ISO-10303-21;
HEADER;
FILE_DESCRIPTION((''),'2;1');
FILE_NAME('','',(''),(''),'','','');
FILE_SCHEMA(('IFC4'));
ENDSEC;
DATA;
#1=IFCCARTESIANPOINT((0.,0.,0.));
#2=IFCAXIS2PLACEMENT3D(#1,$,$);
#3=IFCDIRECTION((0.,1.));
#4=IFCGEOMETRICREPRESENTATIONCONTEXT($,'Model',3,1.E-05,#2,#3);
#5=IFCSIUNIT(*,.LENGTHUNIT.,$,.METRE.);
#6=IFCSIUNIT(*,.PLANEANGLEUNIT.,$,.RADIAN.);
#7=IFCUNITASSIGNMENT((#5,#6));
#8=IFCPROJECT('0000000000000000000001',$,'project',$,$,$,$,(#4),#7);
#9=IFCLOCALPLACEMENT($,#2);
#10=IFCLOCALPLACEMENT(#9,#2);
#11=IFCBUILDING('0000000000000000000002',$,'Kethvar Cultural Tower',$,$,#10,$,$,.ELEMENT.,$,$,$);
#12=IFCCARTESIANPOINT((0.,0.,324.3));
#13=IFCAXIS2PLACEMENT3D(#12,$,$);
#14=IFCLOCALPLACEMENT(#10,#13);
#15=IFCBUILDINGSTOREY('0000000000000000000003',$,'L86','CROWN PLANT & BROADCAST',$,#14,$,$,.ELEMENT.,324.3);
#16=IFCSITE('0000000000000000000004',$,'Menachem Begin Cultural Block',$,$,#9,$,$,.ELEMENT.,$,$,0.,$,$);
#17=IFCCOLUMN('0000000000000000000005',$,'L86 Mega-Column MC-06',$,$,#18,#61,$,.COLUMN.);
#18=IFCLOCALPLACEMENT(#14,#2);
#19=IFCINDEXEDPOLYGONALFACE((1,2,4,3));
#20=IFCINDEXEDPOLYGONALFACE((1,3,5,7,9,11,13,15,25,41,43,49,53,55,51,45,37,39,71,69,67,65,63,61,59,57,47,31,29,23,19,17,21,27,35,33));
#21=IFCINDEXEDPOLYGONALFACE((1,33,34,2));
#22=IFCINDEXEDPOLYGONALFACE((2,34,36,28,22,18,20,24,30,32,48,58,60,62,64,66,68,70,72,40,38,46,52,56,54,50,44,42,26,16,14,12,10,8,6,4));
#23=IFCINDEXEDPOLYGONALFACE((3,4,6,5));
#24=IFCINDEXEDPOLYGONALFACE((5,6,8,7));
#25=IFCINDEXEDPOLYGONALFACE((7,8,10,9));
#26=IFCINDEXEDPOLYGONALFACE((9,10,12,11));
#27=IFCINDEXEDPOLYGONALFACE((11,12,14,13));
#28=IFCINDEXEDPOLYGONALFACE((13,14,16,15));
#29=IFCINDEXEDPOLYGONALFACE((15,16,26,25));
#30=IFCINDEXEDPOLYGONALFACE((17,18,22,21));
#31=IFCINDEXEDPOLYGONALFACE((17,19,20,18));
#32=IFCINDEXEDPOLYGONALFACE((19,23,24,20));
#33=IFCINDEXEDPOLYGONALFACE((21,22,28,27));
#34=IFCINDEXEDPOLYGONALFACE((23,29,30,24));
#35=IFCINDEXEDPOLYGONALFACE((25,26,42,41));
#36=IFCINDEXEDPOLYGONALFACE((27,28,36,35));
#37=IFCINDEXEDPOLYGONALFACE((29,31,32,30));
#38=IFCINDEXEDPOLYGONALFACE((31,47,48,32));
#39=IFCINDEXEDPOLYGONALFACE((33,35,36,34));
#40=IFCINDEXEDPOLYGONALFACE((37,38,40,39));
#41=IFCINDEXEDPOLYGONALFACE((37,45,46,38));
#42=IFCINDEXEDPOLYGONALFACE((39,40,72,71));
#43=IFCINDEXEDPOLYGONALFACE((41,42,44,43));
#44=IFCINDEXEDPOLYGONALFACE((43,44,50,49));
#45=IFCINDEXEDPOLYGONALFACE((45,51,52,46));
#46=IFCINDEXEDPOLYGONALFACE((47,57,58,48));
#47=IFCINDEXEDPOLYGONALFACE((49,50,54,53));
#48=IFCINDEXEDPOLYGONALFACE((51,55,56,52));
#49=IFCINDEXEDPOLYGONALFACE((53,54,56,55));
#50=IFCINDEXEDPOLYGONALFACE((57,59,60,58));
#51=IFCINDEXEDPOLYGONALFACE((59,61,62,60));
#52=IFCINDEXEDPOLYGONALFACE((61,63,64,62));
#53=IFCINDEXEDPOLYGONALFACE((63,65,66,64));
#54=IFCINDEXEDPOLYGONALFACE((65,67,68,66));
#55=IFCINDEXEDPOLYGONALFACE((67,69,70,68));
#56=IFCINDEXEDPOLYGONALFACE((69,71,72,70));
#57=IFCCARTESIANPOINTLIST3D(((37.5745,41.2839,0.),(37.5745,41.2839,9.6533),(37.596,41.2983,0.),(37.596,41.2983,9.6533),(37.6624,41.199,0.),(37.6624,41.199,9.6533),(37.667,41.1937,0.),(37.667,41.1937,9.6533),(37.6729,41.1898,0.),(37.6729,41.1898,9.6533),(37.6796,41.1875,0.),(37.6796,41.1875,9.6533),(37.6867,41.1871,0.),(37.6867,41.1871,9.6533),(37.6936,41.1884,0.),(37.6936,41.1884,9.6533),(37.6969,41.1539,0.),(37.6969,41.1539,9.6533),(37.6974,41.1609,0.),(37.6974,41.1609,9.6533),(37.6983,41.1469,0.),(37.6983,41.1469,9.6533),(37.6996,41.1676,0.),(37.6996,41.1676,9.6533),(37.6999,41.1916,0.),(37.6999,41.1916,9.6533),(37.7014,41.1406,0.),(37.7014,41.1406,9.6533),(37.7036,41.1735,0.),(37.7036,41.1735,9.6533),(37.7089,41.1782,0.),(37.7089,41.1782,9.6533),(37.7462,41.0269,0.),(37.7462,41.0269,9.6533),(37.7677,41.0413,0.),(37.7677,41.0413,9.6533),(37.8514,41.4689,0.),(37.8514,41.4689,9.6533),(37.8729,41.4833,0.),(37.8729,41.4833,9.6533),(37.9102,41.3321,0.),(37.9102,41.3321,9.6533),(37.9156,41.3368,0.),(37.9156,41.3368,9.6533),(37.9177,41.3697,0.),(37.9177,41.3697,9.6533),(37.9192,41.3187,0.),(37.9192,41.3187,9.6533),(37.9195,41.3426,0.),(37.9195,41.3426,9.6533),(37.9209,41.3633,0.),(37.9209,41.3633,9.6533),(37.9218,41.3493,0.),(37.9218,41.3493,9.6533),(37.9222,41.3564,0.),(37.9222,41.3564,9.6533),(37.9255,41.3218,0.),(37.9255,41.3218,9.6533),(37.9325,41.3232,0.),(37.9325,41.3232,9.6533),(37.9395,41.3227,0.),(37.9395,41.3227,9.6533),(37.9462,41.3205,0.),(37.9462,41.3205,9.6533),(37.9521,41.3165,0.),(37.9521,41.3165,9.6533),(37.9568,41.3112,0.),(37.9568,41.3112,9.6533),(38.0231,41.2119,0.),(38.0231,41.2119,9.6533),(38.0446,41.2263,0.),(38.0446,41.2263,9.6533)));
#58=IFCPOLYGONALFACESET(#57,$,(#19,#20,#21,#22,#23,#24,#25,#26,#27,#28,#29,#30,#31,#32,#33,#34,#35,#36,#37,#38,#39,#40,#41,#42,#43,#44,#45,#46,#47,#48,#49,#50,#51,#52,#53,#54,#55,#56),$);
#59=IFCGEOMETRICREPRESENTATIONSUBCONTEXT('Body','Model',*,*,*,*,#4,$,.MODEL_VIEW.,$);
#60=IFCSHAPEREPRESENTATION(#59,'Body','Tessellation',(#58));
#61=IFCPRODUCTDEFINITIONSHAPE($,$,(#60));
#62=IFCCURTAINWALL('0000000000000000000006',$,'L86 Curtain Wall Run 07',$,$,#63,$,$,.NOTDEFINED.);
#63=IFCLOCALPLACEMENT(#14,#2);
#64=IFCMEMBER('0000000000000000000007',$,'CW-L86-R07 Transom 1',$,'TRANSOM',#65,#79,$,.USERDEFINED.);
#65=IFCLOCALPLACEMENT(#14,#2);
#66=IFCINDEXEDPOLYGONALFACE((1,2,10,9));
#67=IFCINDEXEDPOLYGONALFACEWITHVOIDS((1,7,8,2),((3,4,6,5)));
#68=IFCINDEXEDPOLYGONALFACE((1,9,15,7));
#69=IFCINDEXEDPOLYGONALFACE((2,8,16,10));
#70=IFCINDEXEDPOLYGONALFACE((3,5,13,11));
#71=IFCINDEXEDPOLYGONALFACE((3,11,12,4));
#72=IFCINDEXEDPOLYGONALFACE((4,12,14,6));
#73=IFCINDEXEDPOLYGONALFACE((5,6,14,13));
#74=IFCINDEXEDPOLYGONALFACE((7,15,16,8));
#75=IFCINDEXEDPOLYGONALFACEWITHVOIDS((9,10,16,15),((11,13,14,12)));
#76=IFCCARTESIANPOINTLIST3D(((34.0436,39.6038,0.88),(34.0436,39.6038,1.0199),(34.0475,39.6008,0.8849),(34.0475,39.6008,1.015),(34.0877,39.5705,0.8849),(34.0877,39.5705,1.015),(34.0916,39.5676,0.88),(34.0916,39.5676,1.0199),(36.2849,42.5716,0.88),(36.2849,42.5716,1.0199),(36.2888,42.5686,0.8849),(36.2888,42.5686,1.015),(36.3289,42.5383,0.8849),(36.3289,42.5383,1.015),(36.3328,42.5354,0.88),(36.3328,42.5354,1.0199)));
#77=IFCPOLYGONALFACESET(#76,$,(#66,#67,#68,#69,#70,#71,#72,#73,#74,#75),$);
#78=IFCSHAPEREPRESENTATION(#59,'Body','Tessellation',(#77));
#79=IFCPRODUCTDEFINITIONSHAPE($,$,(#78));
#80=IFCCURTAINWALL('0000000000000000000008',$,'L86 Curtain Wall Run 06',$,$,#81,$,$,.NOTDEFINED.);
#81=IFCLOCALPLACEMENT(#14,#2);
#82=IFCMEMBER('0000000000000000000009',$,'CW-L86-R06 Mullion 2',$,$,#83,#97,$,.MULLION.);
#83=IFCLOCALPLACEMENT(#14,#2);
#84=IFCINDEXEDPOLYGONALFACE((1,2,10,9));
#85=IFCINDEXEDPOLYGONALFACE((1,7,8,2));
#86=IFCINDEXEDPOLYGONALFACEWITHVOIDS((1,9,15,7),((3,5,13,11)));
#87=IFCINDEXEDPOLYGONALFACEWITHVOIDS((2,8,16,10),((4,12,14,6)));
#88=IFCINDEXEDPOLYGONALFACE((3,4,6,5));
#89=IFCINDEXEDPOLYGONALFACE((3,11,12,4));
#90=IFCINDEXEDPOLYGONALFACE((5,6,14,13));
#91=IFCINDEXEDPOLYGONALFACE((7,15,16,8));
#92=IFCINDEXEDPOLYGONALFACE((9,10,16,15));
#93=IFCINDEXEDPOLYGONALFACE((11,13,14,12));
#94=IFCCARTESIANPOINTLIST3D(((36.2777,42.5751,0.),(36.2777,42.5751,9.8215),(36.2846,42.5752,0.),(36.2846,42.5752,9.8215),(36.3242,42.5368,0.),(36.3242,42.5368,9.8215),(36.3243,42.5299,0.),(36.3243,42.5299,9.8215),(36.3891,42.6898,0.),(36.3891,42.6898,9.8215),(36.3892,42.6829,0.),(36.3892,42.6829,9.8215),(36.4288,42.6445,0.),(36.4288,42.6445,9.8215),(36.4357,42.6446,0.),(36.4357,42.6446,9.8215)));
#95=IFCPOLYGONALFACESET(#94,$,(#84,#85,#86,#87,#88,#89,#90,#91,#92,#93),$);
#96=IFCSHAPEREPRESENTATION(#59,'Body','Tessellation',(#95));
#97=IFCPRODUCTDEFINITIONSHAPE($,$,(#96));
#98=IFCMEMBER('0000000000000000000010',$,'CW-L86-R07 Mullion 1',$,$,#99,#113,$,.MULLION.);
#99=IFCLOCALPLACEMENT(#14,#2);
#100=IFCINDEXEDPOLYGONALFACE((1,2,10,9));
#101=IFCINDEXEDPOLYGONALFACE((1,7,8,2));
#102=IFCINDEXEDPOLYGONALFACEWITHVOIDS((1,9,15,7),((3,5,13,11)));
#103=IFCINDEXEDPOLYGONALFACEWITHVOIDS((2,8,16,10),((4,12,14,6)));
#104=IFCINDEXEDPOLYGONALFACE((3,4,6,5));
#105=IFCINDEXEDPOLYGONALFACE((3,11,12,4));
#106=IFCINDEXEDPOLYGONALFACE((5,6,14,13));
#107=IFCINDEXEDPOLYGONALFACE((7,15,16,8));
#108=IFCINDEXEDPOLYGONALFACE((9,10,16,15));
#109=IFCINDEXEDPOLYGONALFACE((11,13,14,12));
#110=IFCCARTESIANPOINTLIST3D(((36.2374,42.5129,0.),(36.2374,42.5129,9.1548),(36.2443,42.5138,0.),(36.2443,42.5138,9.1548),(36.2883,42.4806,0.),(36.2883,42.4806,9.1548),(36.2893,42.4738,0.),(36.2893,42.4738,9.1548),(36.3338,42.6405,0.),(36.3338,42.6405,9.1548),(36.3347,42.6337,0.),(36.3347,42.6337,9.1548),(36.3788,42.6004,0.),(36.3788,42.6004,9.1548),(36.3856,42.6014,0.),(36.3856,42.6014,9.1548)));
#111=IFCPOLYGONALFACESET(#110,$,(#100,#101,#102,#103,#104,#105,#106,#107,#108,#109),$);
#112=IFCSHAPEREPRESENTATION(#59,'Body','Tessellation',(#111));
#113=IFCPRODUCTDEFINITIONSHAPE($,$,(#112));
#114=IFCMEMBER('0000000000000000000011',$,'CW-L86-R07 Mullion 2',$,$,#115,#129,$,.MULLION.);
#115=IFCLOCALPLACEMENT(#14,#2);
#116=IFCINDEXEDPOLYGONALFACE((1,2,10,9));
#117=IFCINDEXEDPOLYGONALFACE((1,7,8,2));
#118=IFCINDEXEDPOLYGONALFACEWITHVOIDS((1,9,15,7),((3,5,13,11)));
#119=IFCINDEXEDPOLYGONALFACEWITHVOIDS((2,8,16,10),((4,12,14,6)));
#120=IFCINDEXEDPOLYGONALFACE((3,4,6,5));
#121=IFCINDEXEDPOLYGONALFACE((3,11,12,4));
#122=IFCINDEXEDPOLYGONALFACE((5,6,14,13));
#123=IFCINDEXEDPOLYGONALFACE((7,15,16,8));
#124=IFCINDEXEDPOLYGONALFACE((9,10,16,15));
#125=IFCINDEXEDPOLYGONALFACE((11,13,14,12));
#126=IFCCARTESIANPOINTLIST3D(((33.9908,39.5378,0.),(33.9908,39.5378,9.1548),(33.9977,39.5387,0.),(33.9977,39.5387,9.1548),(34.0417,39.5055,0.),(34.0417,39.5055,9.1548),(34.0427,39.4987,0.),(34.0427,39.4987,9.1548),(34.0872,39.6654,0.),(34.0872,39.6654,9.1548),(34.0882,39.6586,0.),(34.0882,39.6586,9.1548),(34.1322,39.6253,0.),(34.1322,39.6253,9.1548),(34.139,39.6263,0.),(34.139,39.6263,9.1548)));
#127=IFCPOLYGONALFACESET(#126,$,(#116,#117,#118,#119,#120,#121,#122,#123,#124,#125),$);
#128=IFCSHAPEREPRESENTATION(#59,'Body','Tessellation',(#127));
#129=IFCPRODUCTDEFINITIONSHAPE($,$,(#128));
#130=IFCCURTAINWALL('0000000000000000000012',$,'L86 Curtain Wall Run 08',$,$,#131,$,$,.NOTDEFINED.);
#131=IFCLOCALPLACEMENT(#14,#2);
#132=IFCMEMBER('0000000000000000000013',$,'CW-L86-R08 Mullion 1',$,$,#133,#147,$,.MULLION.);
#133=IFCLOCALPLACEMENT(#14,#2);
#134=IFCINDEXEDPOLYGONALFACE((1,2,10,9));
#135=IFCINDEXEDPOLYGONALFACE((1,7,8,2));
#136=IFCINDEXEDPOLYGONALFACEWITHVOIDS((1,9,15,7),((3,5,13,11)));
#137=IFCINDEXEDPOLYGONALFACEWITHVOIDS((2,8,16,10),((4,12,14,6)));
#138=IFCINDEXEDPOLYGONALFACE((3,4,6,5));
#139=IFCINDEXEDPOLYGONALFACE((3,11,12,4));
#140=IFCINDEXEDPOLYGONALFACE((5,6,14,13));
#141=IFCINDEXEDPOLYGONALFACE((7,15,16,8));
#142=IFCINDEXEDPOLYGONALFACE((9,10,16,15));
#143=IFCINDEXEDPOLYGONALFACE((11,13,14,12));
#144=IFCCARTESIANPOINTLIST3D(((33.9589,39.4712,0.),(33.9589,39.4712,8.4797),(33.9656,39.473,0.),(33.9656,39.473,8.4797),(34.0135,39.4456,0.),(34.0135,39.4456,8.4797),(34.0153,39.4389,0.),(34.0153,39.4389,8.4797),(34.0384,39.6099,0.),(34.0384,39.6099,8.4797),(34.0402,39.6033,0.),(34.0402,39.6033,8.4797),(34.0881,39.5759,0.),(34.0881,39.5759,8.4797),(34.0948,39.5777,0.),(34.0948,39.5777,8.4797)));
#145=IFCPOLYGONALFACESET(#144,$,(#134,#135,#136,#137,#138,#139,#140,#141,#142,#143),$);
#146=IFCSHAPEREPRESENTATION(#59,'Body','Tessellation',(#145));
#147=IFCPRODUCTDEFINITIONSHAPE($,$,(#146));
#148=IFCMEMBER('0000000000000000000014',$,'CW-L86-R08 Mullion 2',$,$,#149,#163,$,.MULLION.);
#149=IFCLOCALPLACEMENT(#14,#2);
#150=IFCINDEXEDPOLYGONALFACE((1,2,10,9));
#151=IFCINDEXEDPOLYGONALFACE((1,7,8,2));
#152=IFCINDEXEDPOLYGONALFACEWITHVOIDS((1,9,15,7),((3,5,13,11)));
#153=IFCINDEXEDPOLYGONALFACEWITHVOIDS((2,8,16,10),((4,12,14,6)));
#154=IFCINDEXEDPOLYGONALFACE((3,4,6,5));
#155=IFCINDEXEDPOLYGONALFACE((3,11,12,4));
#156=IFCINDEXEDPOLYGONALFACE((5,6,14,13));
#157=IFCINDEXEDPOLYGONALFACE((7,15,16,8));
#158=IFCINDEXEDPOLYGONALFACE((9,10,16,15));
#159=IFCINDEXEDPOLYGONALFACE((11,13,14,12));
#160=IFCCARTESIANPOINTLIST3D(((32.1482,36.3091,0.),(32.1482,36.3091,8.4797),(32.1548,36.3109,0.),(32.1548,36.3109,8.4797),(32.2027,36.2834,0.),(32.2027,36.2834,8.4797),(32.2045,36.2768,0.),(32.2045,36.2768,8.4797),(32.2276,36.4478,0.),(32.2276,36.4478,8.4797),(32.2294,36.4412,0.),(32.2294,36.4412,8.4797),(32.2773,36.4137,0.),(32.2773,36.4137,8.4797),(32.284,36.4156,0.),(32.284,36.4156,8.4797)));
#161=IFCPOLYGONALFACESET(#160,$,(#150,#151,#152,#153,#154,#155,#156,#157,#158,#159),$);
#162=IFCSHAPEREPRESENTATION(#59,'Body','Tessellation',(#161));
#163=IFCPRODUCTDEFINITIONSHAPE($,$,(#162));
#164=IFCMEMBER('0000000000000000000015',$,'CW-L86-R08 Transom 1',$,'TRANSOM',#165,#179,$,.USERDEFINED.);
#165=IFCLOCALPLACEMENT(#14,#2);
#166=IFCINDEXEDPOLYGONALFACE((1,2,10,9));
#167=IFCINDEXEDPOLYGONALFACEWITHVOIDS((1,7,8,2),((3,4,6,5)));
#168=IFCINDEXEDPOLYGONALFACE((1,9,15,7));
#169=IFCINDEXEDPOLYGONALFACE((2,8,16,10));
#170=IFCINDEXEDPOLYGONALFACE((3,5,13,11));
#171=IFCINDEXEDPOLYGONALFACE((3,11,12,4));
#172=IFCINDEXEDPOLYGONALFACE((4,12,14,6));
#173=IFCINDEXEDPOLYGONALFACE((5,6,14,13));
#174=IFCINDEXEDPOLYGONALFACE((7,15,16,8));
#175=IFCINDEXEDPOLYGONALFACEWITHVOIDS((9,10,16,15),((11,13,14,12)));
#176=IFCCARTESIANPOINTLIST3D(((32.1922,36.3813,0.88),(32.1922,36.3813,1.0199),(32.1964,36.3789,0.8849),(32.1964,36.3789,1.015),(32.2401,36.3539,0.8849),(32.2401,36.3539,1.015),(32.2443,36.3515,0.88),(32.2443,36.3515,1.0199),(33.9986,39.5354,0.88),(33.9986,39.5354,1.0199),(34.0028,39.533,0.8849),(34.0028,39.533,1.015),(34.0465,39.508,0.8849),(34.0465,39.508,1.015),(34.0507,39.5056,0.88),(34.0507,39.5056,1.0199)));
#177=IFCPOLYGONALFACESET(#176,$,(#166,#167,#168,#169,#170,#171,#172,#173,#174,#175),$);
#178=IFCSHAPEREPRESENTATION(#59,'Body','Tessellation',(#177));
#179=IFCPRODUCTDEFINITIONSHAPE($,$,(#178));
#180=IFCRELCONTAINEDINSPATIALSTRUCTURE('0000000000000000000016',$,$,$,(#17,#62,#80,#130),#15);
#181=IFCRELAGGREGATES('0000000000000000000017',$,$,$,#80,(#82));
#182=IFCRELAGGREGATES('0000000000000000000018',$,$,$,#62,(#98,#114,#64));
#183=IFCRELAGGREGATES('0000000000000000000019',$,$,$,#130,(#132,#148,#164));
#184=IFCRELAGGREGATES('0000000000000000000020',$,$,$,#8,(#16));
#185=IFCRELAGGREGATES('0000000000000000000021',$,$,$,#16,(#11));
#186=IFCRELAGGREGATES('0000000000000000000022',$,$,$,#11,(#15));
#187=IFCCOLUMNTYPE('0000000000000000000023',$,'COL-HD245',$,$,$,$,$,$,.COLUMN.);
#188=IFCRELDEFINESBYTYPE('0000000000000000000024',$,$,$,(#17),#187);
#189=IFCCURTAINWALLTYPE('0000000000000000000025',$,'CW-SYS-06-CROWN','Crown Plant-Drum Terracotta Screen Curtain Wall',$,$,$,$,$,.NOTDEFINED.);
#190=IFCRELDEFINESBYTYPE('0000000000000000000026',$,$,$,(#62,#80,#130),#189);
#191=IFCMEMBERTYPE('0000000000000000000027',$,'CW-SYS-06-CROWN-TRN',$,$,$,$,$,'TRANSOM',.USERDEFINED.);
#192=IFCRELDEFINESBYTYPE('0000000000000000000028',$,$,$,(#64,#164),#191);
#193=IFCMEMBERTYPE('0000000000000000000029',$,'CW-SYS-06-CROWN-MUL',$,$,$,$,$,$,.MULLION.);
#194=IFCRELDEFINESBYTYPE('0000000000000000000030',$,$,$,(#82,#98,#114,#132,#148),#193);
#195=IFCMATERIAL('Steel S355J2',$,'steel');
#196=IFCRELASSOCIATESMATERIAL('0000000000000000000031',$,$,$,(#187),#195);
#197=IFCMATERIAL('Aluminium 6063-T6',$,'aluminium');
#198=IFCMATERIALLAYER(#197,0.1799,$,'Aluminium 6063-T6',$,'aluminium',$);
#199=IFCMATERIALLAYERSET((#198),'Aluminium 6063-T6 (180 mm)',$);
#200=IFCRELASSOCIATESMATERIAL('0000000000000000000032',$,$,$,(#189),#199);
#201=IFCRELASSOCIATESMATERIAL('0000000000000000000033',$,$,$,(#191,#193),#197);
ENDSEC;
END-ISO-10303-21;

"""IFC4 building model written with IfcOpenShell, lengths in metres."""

from ifc_helpers import new_model, si_unit, direction, frame, origin, origin_2d, place, context, subcontext, project, spatial, hollow_rectangle, i_section, extrude, source, transform, mapped, material, layer, layer_set, material_profile, profile_set, type_object, element, aggregate, save


model = new_model("IFC4")

# Units and contexts
model_context = context("Model", 3, precision=1e-05, world=origin(), true_north=direction((0.0, 1.0)))
body_context = subcontext(model_context, "Body", "Model", "MODEL_VIEW")
ifc_project = project(units=[si_unit("LENGTHUNIT", "METRE"), si_unit("PLANEANGLEUNIT", "RADIAN")], contexts=[model_context])

# Site, building, storey
site_placement = place(None, origin())
site = spatial("IfcSite", under=ifc_project, at=site_placement, Name="Menachem Begin Cultural Block", CompositionType="ELEMENT", RefElevation=0.0)
building_placement = place(site_placement, origin())
building = spatial("IfcBuilding", under=site, at=building_placement, Name="Kethvar Cultural Tower", CompositionType="ELEMENT")
storey_placement = place(building_placement, frame((0.0, 0.0, 324.3)))
storey = spatial("IfcBuildingStorey", under=building, at=storey_placement, Name="L86", Description="CROWN PLANT & BROADCAST", CompositionType="ELEMENT", Elevation=324.3)

# Column
ifc_material_1 = material(Name="Steel S355J2", Category="steel")
ifc_material_profile_1 = material_profile(ifc_material_1, i_section(OverallWidth=0.3091, OverallDepth=0.3589, WebThickness=0.0161, FlangeThickness=0.0259, FilletRadius=0.0271, at=origin_2d()), Name="Steel S355J2 — HD320x245")
ifc_profile_set_1 = profile_set([ifc_material_profile_1], Name="Steel S355J2 — HD320x245")
column_type = type_object("IfcColumnType", Name="COL-HD245", PredefinedType="COLUMN", material=ifc_profile_set_1)
shared_shape_1 = source(origin(), body_context, "Body", "SweptSolid", [
    extrude(i_section(OverallWidth=0.3091, OverallDepth=0.3589, WebThickness=0.0161, FlangeThickness=0.0259, FilletRadius=0.0271, at=origin_2d()), origin(), (0.0, 0.0, 1.0), 9.6533),
])
column_placement = place(storey_placement, frame((37.8096, 41.2551, 0.0), z_axis=(0.0, 0.0, 1.0), x_axis=(-0.55557, 0.83147, 0.0)))
element("IfcColumn", 1, at=column_placement, inside=storey, type_object=column_type, Name="L86 Mega-Column MC-06", PredefinedType="COLUMN", context=body_context, shape_type="MappedRepresentation", body=[
    mapped(shared_shape_1, transform((0.0, 0.0, 0.0), scale=1.0)),
])

# Curtain walls, members
ifc_material_2 = material(Name="Aluminium 6063-T6", Category="aluminium")
ifc_layer_1 = layer(ifc_material_2, 0.1799, Name="Aluminium 6063-T6", Category="aluminium")
ifc_layer_set_1 = layer_set([ifc_layer_1], Name="Aluminium 6063-T6 (180 mm)")
curtain_wall_type = type_object("IfcCurtainWallType", Name="CW-SYS-06-CROWN", Description="Crown Plant-Drum Terracotta Screen Curtain Wall", PredefinedType="NOTDEFINED", material=ifc_layer_set_1)
curtain_wall_1_placement = place(storey_placement, origin())
curtain_wall_1 = element("IfcCurtainWall", 2, at=curtain_wall_1_placement, inside=storey, type_object=curtain_wall_type, Name="L86 Curtain Wall Run 07", PredefinedType="NOTDEFINED")
ifc_material_profile_2 = material_profile(ifc_material_2, hollow_rectangle(XDim=0.0601, YDim=0.1399, WallThickness=0.0049, at=origin_2d()), Name="Aluminium 6063-T6 — RHS140x60x5")
ifc_profile_set_2 = profile_set([ifc_material_profile_2], Name="Aluminium 6063-T6 — RHS140x60x5")
member_type_1 = type_object("IfcMemberType", Name="CW-SYS-06-CROWN-TRN", ElementType="TRANSOM", PredefinedType="USERDEFINED", material=ifc_profile_set_2)
shared_shape_2 = source(origin(), body_context, "Body", "SweptSolid", [
    extrude(hollow_rectangle(XDim=0.0601, YDim=0.1399, WallThickness=0.0049, at=origin_2d()), origin(), (0.0, 0.0, 1.0), 3.719),
])
member_1_placement = place(storey_placement, frame((36.3088, 42.5535, 0.95), z_axis=(-0.602644, -0.79801, 0.0), x_axis=(0.79801, -0.602644, 0.0)))
member_1 = element("IfcMember", 3, at=member_1_placement, type_object=member_type_1, Name="CW-L86-R07 Transom 1", ObjectType="TRANSOM", PredefinedType="USERDEFINED", context=body_context, shape_type="MappedRepresentation", body=[
    mapped(shared_shape_2, transform((0.0, 0.0, 0.0), scale=1.0)),
])
curtain_wall_2_placement = place(storey_placement, origin())
curtain_wall_2 = element("IfcCurtainWall", 4, at=curtain_wall_2_placement, inside=storey, type_object=curtain_wall_type, Name="L86 Curtain Wall Run 06", PredefinedType="NOTDEFINED")
ifc_material_profile_3 = material_profile(ifc_material_2, hollow_rectangle(XDim=0.0649, YDim=0.1599, WallThickness=0.0049, at=origin_2d()), Name="Aluminium 6063-T6 — RHS160x65x5")
ifc_profile_set_3 = profile_set([ifc_material_profile_3], Name="Aluminium 6063-T6 — RHS160x65x5")
member_type_2 = type_object("IfcMemberType", Name="CW-SYS-06-CROWN-MUL", PredefinedType="MULLION", material=ifc_profile_set_3)
shared_shape_3 = source(origin(), body_context, "Body", "SweptSolid", [
    extrude(hollow_rectangle(XDim=0.0649, YDim=0.1599, WallThickness=0.0049, at=origin_2d()), origin(), (0.0, 0.0, 1.0), 9.8215),
])
member_2_placement = place(storey_placement, frame((36.3567, 42.6099, 0.0), z_axis=(0.0, 0.0, 1.0), x_axis=(0.717239, -0.696827, 0.0)))
member_2 = element("IfcMember", 5, at=member_2_placement, type_object=member_type_2, Name="CW-L86-R06 Mullion 2", PredefinedType="MULLION", context=body_context, shape_type="MappedRepresentation", body=[
    mapped(shared_shape_3, transform((0.0, 0.0, 0.0), scale=1.0)),
])
aggregate(curtain_wall_2, [member_2])

# Members
shared_shape_4 = source(origin(), body_context, "Body", "SweptSolid", [
    extrude(hollow_rectangle(XDim=0.0649, YDim=0.1599, WallThickness=0.0049, at=origin_2d()), origin(), (0.0, 0.0, 1.0), 9.1548),
])
member_3_placement = place(storey_placement, frame((36.3115, 42.5571, 0.0), z_axis=(0.0, 0.0, 1.0), x_axis=(0.798015, -0.602637, 0.0)))
member_3 = element("IfcMember", 6, at=member_3_placement, type_object=member_type_2, Name="CW-L86-R07 Mullion 1", PredefinedType="MULLION", context=body_context, shape_type="MappedRepresentation", body=[
    mapped(shared_shape_4, transform((0.0, 0.0, 0.0), scale=1.0)),
])
member_4_placement = place(storey_placement, frame((34.0649, 39.582, 0.0), z_axis=(0.0, 0.0, 1.0), x_axis=(0.798015, -0.602637, 0.0)))
member_4 = element("IfcMember", 7, at=member_4_placement, type_object=member_type_2, Name="CW-L86-R07 Mullion 2", PredefinedType="MULLION", context=body_context, shape_type="MappedRepresentation", body=[
    mapped(shared_shape_4, transform((0.0, 0.0, 0.0), scale=1.0)),
])

# Curtain wall, members
curtain_wall_3_placement = place(storey_placement, origin())
curtain_wall_3 = element("IfcCurtainWall", 8, at=curtain_wall_3_placement, inside=storey, type_object=curtain_wall_type, Name="L86 Curtain Wall Run 08", PredefinedType="NOTDEFINED")
shared_shape_5 = source(origin(), body_context, "Body", "SweptSolid", [
    extrude(hollow_rectangle(XDim=0.0649, YDim=0.1599, WallThickness=0.0049, at=origin_2d()), origin(), (0.0, 0.0, 1.0), 8.4797),
])
member_5_placement = place(storey_placement, frame((34.0269, 39.5244, 0.0), z_axis=(0.0, 0.0, 1.0), x_axis=(0.867774, -0.496959, 0.0)))
member_5 = element("IfcMember", 9, at=member_5_placement, type_object=member_type_2, Name="CW-L86-R08 Mullion 1", PredefinedType="MULLION", context=body_context, shape_type="MappedRepresentation", body=[
    mapped(shared_shape_5, transform((0.0, 0.0, 0.0), scale=1.0)),
])
member_6_placement = place(storey_placement, frame((32.2161, 36.3623, 0.0), z_axis=(0.0, 0.0, 1.0), x_axis=(0.867774, -0.496959, 0.0)))
member_6 = element("IfcMember", 10, at=member_6_placement, type_object=member_type_2, Name="CW-L86-R08 Mullion 2", PredefinedType="MULLION", context=body_context, shape_type="MappedRepresentation", body=[
    mapped(shared_shape_5, transform((0.0, 0.0, 0.0), scale=1.0)),
])
shared_shape_6 = source(origin(), body_context, "Body", "SweptSolid", [
    extrude(hollow_rectangle(XDim=0.0601, YDim=0.1399, WallThickness=0.0049, at=origin_2d()), origin(), (0.0, 0.0, 1.0), 3.6348),
])
member_7_placement = place(storey_placement, frame((34.0247, 39.5205, 0.95), z_axis=(-0.496985, -0.867759, 0.0), x_axis=(0.867759, -0.496985, 0.0)))
member_7 = element("IfcMember", 11, at=member_7_placement, type_object=member_type_1, Name="CW-L86-R08 Transom 1", ObjectType="TRANSOM", PredefinedType="USERDEFINED", context=body_context, shape_type="MappedRepresentation", body=[
    mapped(shared_shape_6, transform((0.0, 0.0, 0.0), scale=1.0)),
])

aggregate(curtain_wall_1, [member_3, member_4, member_1])
aggregate(curtain_wall_3, [member_5, member_6, member_7])

save(model, "model.ifc")
